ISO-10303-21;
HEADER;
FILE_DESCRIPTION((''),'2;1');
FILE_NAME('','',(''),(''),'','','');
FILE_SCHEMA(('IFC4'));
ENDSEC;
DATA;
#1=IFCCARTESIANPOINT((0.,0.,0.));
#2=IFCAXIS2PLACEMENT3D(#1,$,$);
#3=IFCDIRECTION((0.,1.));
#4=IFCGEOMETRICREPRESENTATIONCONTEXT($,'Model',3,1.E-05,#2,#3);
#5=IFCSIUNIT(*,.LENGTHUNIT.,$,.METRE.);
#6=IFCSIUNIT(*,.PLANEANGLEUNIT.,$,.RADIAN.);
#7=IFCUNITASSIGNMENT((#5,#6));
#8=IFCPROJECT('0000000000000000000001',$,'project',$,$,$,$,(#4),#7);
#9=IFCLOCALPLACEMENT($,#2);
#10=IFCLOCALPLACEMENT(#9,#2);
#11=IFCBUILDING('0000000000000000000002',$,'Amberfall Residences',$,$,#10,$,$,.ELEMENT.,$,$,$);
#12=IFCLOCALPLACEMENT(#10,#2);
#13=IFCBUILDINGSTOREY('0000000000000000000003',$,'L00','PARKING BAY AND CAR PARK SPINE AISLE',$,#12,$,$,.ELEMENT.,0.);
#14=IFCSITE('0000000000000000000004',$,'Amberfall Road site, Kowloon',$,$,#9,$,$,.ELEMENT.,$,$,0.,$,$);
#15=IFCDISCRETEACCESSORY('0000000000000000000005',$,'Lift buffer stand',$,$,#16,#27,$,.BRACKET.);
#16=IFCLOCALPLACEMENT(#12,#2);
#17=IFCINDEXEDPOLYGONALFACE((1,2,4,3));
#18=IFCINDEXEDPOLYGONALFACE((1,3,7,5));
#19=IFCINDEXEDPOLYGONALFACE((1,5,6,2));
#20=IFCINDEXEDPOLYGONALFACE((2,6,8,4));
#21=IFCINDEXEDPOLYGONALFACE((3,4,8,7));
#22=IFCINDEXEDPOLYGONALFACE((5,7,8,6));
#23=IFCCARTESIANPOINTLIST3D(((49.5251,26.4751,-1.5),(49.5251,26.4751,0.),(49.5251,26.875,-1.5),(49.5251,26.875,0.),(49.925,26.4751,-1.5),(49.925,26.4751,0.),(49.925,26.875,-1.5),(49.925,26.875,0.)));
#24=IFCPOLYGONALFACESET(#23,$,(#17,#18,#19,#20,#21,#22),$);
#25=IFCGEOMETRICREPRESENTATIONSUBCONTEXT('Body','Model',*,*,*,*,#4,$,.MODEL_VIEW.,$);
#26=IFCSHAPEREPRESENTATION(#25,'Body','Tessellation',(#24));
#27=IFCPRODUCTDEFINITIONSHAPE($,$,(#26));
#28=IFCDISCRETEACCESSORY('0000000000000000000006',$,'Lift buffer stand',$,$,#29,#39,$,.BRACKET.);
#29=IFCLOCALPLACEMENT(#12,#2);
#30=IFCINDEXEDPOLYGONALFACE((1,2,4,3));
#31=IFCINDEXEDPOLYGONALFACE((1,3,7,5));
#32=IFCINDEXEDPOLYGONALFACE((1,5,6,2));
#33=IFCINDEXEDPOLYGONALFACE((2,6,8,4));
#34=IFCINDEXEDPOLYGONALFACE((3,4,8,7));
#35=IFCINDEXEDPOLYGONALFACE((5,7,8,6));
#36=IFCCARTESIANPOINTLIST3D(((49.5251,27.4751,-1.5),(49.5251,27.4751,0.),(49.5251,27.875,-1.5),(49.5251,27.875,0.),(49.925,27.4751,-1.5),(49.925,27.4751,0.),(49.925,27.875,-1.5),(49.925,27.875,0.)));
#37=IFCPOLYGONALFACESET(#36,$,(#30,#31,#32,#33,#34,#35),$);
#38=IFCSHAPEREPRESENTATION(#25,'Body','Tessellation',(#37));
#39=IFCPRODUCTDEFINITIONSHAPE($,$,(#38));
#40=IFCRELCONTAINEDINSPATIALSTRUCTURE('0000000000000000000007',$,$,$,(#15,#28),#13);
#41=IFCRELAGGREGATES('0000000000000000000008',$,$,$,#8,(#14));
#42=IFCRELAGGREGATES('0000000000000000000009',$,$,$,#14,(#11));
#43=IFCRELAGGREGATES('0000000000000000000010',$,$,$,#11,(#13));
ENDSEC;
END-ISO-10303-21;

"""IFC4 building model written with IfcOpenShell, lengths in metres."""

from ifc_helpers import new_model, si_unit, direction, frame, origin, origin_2d, place, context, subcontext, project, spatial, rectangle, extrude, element, save


model = new_model("IFC4")

# Units and contexts
model_context = context("Model", 3, precision=1e-05, world=origin(), true_north=direction((0.0, 1.0)))
body_context = subcontext(model_context, "Body", "Model", "MODEL_VIEW")
ifc_project = project(units=[si_unit("LENGTHUNIT", "METRE"), si_unit("PLANEANGLEUNIT", "RADIAN")], contexts=[model_context])

# Site, building, storey
site_placement = place(None, origin())
site = spatial("IfcSite", under=ifc_project, at=site_placement, Name="Amberfall Road site, Kowloon", CompositionType="ELEMENT", RefElevation=0.0)
building_placement = place(site_placement, origin())
building = spatial("IfcBuilding", under=site, at=building_placement, Name="Amberfall Residences", CompositionType="ELEMENT")
storey_placement = place(building_placement, origin())
storey = spatial("IfcBuildingStorey", under=building, at=storey_placement, Name="L00", Description="PARKING BAY AND CAR PARK SPINE AISLE", CompositionType="ELEMENT", Elevation=0.0)

# Discrete accessories
for number, where, z_axis, x_axis, name in (
    (1, (49.7251, 26.675, -1.5), (0.0, 0.0, 1.0), (1.0, 0.0, 0.0), "Lift buffer stand"),
    (2, (49.7251, 27.675, -1.5), (0.0, 0.0, 1.0), (1.0, 0.0, 0.0), "Lift buffer stand"),
):
    element("IfcDiscreteAccessory", number, at=place(storey_placement, frame(where, z_axis=z_axis, x_axis=x_axis)), inside=storey, Name=name, PredefinedType="BRACKET", context=body_context, shape_type="SweptSolid", body=[
        extrude(rectangle(XDim=0.3999, YDim=0.3999, at=origin_2d()), origin(), (0.0, 0.0, 1.0), 1.5),
    ])

save(model, "model.ifc")
